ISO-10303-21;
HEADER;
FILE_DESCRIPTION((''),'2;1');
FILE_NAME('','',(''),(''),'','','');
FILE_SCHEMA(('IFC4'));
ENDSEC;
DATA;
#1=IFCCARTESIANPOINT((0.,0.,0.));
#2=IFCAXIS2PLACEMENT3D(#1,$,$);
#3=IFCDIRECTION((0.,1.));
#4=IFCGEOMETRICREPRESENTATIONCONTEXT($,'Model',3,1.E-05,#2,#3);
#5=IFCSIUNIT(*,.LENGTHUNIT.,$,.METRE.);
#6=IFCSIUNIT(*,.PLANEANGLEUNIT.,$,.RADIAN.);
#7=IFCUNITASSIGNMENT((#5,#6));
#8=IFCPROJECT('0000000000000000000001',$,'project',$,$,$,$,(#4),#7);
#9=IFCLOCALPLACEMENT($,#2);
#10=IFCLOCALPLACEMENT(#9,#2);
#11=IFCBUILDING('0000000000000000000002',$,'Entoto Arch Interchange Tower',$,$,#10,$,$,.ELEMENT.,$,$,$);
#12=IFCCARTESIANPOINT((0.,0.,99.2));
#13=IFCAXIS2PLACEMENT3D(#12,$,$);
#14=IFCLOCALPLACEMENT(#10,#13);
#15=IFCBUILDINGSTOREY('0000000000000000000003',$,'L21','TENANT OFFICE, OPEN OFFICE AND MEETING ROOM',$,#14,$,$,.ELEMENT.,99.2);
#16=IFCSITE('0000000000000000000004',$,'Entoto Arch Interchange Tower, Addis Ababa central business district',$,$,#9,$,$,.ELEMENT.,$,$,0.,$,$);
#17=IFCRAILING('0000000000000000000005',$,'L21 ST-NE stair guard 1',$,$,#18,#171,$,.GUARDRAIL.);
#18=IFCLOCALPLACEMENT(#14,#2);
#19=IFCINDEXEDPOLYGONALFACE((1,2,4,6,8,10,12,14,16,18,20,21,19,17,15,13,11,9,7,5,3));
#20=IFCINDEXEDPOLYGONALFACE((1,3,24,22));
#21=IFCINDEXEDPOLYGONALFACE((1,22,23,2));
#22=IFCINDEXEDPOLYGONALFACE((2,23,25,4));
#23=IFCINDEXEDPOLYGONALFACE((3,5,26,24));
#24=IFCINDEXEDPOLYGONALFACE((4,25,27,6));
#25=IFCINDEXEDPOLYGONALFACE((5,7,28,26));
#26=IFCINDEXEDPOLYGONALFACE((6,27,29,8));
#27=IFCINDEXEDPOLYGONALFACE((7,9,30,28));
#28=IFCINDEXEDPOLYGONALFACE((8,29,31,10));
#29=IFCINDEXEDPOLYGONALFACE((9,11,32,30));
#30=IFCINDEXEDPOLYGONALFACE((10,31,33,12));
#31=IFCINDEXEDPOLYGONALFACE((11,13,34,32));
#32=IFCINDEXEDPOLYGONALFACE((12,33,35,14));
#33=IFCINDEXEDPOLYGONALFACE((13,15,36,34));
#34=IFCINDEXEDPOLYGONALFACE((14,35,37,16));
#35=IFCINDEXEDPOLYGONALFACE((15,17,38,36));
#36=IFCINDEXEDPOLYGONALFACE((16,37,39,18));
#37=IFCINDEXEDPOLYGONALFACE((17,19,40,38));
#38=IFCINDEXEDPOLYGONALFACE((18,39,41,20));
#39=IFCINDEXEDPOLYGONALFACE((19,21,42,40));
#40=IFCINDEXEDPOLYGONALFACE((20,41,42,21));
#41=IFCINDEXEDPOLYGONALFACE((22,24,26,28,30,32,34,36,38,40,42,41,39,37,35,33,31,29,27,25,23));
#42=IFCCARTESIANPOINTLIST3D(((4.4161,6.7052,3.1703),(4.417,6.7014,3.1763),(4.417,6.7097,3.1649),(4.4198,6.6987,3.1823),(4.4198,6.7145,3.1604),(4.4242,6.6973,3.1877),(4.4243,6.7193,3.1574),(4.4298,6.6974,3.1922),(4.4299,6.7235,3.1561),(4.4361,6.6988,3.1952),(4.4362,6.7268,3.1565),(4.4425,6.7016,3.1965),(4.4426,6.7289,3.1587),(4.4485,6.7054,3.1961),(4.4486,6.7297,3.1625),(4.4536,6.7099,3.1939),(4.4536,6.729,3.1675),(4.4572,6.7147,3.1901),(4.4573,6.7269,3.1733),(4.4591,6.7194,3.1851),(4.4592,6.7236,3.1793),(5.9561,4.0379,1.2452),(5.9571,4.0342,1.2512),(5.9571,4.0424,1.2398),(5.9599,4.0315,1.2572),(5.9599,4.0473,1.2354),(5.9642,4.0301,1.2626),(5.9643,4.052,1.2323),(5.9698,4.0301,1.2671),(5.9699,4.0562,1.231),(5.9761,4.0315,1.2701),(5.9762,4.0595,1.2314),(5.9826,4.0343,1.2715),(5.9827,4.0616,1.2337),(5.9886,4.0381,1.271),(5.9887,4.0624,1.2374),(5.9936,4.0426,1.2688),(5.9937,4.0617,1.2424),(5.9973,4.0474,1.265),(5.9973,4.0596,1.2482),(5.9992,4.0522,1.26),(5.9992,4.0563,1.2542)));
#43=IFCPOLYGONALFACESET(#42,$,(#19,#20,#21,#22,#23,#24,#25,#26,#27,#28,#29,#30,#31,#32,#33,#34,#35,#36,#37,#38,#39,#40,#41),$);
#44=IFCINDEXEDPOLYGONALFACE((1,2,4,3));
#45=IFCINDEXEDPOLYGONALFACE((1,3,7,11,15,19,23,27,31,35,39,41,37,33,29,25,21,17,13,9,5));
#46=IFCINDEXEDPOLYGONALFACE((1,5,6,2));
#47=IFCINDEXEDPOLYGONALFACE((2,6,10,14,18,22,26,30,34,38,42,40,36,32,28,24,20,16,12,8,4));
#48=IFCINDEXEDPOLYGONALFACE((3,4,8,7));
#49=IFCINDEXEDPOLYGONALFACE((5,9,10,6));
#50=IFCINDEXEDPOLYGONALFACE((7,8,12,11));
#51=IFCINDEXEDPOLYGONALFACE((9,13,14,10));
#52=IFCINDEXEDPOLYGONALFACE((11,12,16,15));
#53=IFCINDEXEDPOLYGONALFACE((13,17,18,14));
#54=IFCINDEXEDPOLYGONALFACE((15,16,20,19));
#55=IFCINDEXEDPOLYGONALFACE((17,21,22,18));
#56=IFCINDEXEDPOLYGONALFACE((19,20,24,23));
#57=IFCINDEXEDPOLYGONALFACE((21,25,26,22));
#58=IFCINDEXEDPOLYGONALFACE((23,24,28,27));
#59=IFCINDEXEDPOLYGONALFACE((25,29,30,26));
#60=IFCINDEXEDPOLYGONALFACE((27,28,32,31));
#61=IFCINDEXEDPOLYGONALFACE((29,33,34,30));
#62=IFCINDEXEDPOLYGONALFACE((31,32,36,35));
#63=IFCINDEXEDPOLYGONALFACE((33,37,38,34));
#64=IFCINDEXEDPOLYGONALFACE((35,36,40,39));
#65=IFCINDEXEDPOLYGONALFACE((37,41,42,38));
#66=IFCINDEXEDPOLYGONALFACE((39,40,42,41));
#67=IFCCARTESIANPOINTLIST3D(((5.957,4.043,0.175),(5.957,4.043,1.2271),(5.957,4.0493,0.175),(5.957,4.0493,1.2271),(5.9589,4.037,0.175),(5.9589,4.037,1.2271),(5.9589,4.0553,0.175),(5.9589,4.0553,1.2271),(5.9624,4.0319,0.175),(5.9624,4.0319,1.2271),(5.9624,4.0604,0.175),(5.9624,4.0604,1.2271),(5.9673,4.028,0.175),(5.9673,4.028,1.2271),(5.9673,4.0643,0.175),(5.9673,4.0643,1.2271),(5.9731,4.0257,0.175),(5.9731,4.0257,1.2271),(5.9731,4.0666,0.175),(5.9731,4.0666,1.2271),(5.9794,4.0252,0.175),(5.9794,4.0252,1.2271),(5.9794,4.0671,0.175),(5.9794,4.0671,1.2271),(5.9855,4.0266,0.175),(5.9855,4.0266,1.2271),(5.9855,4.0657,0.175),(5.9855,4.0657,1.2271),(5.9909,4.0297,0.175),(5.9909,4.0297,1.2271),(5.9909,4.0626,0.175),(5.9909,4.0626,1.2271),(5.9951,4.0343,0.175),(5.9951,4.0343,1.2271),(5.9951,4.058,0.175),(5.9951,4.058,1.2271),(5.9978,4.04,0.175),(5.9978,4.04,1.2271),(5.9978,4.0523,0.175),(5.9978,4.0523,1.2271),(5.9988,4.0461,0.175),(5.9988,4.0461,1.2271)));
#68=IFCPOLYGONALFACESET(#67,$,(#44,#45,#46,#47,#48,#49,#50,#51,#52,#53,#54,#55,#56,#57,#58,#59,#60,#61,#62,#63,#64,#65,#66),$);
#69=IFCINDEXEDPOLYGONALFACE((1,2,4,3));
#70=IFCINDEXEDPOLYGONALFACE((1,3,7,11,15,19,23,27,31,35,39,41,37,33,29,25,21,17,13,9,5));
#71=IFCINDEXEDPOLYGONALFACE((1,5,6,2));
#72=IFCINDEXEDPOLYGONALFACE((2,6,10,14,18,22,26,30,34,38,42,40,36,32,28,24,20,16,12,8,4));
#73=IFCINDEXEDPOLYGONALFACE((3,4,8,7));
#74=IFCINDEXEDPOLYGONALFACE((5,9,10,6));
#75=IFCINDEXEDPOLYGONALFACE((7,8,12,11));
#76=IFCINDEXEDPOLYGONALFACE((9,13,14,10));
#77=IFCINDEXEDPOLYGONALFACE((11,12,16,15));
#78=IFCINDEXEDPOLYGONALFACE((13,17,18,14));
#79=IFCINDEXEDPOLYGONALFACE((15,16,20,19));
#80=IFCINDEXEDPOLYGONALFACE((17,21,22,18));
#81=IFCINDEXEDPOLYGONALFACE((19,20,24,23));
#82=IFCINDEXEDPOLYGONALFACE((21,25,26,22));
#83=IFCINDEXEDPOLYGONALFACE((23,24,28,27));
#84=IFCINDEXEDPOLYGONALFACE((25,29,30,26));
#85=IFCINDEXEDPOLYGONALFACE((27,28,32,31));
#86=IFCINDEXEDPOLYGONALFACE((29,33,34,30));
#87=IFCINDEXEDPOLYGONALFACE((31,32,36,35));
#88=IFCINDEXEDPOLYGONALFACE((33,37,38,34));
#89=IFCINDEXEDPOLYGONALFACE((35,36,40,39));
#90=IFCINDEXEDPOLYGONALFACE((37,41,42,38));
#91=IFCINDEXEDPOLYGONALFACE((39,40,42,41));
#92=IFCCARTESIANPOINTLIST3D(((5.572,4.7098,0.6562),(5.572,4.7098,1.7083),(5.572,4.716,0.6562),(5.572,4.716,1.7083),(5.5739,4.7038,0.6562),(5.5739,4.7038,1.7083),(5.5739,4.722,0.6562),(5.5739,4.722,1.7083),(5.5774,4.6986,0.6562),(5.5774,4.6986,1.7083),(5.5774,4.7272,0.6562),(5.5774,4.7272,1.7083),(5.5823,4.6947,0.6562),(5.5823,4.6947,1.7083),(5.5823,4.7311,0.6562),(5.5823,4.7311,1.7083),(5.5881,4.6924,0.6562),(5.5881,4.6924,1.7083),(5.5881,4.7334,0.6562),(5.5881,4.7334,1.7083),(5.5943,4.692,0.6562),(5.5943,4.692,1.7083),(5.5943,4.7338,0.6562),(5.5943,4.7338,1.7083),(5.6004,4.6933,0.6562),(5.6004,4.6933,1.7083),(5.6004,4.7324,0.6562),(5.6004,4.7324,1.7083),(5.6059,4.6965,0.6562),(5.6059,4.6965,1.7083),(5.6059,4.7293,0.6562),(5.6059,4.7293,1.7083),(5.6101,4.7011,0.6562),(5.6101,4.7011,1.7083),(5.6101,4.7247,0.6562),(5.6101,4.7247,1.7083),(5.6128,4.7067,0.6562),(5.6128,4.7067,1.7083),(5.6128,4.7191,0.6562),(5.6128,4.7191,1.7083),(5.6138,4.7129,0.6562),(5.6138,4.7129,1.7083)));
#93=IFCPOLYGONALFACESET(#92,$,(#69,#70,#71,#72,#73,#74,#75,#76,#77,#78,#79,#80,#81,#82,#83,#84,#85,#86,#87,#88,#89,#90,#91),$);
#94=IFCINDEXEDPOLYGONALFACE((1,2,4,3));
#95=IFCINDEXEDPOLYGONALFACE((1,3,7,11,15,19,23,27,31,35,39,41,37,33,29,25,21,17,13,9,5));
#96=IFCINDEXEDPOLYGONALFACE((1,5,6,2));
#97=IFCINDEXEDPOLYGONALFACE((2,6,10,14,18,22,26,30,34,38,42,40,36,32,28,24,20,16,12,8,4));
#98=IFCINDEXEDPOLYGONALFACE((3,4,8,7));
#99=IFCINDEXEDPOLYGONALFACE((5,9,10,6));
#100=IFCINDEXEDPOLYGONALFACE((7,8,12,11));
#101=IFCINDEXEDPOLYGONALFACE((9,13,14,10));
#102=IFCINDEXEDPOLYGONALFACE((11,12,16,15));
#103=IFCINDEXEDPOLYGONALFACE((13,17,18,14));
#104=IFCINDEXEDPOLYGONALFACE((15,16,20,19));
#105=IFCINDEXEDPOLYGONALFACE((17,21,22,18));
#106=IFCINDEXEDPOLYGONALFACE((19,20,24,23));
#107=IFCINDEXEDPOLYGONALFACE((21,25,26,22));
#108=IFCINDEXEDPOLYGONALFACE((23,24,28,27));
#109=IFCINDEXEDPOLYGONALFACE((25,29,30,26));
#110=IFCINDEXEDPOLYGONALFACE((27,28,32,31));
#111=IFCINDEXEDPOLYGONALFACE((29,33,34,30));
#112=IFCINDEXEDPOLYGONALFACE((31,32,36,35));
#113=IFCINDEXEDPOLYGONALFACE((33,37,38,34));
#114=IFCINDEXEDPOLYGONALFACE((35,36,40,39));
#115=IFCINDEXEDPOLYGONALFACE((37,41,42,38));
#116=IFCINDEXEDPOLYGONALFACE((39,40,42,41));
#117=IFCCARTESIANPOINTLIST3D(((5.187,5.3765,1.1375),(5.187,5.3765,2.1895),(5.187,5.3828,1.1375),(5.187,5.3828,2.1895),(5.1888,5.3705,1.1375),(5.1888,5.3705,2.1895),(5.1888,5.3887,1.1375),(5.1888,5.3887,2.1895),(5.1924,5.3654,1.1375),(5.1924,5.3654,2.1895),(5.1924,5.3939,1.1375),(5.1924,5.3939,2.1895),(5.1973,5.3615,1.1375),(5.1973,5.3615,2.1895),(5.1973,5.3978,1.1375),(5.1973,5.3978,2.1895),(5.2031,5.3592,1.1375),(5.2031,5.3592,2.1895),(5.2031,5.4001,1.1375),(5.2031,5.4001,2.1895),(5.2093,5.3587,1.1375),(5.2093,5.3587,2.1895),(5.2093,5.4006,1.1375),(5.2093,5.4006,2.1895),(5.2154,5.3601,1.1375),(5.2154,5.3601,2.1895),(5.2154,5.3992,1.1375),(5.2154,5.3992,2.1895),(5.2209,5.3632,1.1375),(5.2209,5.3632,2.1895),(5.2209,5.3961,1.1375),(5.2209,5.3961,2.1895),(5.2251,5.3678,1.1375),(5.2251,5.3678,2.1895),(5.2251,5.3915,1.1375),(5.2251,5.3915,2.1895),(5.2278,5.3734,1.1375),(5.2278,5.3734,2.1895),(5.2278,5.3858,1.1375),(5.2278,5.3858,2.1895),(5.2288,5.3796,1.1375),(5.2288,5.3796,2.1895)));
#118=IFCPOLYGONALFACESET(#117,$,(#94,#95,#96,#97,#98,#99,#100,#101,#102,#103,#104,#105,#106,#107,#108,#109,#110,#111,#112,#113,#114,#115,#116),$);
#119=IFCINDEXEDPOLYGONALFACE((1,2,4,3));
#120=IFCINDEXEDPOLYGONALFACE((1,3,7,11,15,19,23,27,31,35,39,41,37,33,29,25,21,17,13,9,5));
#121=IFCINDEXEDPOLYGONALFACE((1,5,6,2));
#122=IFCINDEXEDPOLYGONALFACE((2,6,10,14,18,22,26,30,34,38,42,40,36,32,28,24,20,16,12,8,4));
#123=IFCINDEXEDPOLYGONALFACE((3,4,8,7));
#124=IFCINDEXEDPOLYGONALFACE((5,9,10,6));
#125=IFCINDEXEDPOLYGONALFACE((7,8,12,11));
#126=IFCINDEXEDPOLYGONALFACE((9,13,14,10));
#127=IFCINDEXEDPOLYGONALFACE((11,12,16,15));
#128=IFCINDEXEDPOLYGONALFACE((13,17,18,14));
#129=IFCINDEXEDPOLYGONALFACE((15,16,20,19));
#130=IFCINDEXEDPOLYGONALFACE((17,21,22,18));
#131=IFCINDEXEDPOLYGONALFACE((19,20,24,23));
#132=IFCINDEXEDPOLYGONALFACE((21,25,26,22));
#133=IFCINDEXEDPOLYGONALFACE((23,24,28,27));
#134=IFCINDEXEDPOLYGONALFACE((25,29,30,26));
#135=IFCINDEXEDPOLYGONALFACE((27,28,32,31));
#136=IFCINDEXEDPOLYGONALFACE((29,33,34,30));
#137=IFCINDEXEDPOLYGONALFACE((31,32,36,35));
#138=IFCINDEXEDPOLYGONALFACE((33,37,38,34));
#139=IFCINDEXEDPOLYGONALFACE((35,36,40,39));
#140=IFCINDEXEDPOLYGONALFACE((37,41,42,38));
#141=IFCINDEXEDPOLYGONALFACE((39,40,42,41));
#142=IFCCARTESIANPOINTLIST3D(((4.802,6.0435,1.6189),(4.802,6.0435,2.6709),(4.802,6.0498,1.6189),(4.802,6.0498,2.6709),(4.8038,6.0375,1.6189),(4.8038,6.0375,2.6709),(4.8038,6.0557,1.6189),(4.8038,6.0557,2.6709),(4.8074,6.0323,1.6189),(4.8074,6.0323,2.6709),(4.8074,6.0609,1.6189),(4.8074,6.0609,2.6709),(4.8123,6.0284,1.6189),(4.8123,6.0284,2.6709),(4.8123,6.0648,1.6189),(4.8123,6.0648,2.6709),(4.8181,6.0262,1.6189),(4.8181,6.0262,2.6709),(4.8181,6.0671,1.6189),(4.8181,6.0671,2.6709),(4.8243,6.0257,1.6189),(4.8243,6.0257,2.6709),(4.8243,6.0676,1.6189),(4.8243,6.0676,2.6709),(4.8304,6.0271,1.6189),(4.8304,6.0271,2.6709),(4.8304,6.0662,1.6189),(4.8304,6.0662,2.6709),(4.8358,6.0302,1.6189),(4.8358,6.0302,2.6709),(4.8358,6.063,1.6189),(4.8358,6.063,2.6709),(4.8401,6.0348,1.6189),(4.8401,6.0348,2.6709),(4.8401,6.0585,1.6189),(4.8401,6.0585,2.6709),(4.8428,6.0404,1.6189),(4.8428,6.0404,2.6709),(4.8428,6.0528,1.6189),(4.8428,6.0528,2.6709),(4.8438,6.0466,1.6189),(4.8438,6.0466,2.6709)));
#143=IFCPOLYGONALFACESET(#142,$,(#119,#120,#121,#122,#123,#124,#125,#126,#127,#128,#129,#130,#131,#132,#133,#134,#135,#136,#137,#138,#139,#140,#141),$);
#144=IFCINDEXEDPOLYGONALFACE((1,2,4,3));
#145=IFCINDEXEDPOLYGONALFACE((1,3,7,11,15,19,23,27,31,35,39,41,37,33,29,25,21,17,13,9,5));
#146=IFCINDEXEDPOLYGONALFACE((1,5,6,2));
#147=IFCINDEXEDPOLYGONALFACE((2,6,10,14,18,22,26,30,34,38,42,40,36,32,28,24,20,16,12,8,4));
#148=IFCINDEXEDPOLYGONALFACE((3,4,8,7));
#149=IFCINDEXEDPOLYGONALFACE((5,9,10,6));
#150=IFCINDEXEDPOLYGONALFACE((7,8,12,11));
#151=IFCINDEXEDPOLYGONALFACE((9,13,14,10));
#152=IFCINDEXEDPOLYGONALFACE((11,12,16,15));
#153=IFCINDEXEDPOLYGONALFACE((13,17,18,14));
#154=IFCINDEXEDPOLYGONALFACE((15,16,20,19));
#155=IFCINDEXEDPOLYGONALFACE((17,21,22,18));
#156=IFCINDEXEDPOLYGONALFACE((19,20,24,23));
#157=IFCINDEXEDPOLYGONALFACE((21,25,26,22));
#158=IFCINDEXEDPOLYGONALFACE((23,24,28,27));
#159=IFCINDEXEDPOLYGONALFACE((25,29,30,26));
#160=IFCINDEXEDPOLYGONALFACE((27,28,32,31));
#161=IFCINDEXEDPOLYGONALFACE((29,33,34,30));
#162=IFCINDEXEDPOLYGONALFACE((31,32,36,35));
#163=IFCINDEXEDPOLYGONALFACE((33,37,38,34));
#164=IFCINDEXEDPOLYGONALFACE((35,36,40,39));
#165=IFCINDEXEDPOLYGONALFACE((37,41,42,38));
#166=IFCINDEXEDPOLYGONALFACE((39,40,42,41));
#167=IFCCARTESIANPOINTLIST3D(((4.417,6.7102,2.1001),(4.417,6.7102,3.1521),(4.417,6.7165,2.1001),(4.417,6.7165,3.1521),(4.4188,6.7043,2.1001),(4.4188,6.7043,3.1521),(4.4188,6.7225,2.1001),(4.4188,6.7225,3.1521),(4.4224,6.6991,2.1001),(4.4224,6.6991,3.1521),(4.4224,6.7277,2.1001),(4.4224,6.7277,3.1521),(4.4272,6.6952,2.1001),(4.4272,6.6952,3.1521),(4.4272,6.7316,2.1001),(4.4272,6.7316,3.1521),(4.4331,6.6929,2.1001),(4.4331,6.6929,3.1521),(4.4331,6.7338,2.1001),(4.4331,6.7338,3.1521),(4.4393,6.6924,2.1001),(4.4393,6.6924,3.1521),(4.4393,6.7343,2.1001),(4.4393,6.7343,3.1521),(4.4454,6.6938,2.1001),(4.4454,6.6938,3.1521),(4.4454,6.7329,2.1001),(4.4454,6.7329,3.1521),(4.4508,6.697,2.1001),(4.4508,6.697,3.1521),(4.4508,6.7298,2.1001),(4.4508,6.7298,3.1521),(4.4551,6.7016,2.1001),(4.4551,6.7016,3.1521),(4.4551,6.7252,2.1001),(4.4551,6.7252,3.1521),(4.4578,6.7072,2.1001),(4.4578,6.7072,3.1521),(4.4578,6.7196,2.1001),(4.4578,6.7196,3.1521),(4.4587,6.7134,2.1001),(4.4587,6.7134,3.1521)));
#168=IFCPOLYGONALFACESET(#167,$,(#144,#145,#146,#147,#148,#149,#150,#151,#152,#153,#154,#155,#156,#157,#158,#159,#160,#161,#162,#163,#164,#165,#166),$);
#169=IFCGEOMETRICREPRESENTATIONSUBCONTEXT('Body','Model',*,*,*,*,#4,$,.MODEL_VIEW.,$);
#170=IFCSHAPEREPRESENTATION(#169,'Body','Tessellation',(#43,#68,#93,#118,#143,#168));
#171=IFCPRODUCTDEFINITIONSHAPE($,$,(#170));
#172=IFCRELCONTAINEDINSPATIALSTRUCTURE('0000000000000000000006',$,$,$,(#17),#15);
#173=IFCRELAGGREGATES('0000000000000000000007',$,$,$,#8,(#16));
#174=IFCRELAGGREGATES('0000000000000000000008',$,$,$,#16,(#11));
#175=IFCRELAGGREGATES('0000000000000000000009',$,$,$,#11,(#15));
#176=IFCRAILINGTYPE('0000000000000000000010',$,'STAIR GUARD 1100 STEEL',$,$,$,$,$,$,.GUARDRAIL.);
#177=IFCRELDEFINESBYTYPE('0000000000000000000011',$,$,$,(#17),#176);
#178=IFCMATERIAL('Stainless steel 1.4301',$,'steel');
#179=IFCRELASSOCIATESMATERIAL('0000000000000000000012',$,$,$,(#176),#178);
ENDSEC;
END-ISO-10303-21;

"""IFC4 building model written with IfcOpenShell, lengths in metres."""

from ifc_helpers import new_model, si_unit, direction, frame, origin, origin_2d, place, context, subcontext, project, spatial, circle, extrude, material, type_object, element, save


model = new_model("IFC4")

# Units and contexts
model_context = context("Model", 3, precision=1e-05, world=origin(), true_north=direction((0.0, 1.0)))
body_context = subcontext(model_context, "Body", "Model", "MODEL_VIEW")
ifc_project = project(units=[si_unit("LENGTHUNIT", "METRE"), si_unit("PLANEANGLEUNIT", "RADIAN")], contexts=[model_context])

# Site, building, storey
site_placement = place(None, origin())
site = spatial("IfcSite", under=ifc_project, at=site_placement, Name="Entoto Arch Interchange Tower, Addis Ababa central business district", CompositionType="ELEMENT", RefElevation=0.0)
building_placement = place(site_placement, origin())
building = spatial("IfcBuilding", under=site, at=building_placement, Name="Entoto Arch Interchange Tower", CompositionType="ELEMENT")
storey_placement = place(building_placement, frame((0.0, 0.0, 99.2)))
storey = spatial("IfcBuildingStorey", under=building, at=storey_placement, Name="L21", Description="TENANT OFFICE, OPEN OFFICE AND MEETING ROOM", CompositionType="ELEMENT", Elevation=99.2)

# Railing
ifc_material_1 = material(Name="Stainless steel 1.4301", Category="steel")
railing_type = type_object("IfcRailingType", Name="STAIR GUARD 1100 STEEL", PredefinedType="GUARDRAIL", material=ifc_material_1)
railing_1_placement = place(storey_placement, frame((5.9778, 4.0461, 0.175)))
element("IfcRailing", 1, at=railing_1_placement, inside=storey, type_object=railing_type, Name="L21 ST-NE stair guard 1", PredefinedType="GUARDRAIL", context=body_context, shape_type="SweptSolid", body=[
    extrude(circle(Radius=0.0239, at=origin_2d()), frame((0.0, 0.0, 1.0762), z_axis=(-0.424015, 0.734364, 0.530019), x_axis=(-0.86601, -0.500027, 0.0)), (0.0, 0.0, 1.0), 3.6321),
    extrude(circle(Radius=0.021, at=origin_2d()), origin(), (0.0, 0.0, 1.0), 1.052),
    extrude(circle(Radius=0.021, at=origin_2d()), frame((-0.385, 0.6667, 0.4812)), (0.0, 0.0, 1.0), 1.052),
    extrude(circle(Radius=0.021, at=origin_2d()), frame((-0.77, 1.3335, 0.9624)), (0.0, 0.0, 1.0), 1.052),
    extrude(circle(Radius=0.021, at=origin_2d()), frame((-1.155, 2.0005, 1.4438)), (0.0, 0.0, 1.0), 1.052),
    extrude(circle(Radius=0.021, at=origin_2d()), frame((-1.54, 2.6672, 1.925)), (0.0, 0.0, 1.0), 1.052),
])

save(model, "model.ifc")
